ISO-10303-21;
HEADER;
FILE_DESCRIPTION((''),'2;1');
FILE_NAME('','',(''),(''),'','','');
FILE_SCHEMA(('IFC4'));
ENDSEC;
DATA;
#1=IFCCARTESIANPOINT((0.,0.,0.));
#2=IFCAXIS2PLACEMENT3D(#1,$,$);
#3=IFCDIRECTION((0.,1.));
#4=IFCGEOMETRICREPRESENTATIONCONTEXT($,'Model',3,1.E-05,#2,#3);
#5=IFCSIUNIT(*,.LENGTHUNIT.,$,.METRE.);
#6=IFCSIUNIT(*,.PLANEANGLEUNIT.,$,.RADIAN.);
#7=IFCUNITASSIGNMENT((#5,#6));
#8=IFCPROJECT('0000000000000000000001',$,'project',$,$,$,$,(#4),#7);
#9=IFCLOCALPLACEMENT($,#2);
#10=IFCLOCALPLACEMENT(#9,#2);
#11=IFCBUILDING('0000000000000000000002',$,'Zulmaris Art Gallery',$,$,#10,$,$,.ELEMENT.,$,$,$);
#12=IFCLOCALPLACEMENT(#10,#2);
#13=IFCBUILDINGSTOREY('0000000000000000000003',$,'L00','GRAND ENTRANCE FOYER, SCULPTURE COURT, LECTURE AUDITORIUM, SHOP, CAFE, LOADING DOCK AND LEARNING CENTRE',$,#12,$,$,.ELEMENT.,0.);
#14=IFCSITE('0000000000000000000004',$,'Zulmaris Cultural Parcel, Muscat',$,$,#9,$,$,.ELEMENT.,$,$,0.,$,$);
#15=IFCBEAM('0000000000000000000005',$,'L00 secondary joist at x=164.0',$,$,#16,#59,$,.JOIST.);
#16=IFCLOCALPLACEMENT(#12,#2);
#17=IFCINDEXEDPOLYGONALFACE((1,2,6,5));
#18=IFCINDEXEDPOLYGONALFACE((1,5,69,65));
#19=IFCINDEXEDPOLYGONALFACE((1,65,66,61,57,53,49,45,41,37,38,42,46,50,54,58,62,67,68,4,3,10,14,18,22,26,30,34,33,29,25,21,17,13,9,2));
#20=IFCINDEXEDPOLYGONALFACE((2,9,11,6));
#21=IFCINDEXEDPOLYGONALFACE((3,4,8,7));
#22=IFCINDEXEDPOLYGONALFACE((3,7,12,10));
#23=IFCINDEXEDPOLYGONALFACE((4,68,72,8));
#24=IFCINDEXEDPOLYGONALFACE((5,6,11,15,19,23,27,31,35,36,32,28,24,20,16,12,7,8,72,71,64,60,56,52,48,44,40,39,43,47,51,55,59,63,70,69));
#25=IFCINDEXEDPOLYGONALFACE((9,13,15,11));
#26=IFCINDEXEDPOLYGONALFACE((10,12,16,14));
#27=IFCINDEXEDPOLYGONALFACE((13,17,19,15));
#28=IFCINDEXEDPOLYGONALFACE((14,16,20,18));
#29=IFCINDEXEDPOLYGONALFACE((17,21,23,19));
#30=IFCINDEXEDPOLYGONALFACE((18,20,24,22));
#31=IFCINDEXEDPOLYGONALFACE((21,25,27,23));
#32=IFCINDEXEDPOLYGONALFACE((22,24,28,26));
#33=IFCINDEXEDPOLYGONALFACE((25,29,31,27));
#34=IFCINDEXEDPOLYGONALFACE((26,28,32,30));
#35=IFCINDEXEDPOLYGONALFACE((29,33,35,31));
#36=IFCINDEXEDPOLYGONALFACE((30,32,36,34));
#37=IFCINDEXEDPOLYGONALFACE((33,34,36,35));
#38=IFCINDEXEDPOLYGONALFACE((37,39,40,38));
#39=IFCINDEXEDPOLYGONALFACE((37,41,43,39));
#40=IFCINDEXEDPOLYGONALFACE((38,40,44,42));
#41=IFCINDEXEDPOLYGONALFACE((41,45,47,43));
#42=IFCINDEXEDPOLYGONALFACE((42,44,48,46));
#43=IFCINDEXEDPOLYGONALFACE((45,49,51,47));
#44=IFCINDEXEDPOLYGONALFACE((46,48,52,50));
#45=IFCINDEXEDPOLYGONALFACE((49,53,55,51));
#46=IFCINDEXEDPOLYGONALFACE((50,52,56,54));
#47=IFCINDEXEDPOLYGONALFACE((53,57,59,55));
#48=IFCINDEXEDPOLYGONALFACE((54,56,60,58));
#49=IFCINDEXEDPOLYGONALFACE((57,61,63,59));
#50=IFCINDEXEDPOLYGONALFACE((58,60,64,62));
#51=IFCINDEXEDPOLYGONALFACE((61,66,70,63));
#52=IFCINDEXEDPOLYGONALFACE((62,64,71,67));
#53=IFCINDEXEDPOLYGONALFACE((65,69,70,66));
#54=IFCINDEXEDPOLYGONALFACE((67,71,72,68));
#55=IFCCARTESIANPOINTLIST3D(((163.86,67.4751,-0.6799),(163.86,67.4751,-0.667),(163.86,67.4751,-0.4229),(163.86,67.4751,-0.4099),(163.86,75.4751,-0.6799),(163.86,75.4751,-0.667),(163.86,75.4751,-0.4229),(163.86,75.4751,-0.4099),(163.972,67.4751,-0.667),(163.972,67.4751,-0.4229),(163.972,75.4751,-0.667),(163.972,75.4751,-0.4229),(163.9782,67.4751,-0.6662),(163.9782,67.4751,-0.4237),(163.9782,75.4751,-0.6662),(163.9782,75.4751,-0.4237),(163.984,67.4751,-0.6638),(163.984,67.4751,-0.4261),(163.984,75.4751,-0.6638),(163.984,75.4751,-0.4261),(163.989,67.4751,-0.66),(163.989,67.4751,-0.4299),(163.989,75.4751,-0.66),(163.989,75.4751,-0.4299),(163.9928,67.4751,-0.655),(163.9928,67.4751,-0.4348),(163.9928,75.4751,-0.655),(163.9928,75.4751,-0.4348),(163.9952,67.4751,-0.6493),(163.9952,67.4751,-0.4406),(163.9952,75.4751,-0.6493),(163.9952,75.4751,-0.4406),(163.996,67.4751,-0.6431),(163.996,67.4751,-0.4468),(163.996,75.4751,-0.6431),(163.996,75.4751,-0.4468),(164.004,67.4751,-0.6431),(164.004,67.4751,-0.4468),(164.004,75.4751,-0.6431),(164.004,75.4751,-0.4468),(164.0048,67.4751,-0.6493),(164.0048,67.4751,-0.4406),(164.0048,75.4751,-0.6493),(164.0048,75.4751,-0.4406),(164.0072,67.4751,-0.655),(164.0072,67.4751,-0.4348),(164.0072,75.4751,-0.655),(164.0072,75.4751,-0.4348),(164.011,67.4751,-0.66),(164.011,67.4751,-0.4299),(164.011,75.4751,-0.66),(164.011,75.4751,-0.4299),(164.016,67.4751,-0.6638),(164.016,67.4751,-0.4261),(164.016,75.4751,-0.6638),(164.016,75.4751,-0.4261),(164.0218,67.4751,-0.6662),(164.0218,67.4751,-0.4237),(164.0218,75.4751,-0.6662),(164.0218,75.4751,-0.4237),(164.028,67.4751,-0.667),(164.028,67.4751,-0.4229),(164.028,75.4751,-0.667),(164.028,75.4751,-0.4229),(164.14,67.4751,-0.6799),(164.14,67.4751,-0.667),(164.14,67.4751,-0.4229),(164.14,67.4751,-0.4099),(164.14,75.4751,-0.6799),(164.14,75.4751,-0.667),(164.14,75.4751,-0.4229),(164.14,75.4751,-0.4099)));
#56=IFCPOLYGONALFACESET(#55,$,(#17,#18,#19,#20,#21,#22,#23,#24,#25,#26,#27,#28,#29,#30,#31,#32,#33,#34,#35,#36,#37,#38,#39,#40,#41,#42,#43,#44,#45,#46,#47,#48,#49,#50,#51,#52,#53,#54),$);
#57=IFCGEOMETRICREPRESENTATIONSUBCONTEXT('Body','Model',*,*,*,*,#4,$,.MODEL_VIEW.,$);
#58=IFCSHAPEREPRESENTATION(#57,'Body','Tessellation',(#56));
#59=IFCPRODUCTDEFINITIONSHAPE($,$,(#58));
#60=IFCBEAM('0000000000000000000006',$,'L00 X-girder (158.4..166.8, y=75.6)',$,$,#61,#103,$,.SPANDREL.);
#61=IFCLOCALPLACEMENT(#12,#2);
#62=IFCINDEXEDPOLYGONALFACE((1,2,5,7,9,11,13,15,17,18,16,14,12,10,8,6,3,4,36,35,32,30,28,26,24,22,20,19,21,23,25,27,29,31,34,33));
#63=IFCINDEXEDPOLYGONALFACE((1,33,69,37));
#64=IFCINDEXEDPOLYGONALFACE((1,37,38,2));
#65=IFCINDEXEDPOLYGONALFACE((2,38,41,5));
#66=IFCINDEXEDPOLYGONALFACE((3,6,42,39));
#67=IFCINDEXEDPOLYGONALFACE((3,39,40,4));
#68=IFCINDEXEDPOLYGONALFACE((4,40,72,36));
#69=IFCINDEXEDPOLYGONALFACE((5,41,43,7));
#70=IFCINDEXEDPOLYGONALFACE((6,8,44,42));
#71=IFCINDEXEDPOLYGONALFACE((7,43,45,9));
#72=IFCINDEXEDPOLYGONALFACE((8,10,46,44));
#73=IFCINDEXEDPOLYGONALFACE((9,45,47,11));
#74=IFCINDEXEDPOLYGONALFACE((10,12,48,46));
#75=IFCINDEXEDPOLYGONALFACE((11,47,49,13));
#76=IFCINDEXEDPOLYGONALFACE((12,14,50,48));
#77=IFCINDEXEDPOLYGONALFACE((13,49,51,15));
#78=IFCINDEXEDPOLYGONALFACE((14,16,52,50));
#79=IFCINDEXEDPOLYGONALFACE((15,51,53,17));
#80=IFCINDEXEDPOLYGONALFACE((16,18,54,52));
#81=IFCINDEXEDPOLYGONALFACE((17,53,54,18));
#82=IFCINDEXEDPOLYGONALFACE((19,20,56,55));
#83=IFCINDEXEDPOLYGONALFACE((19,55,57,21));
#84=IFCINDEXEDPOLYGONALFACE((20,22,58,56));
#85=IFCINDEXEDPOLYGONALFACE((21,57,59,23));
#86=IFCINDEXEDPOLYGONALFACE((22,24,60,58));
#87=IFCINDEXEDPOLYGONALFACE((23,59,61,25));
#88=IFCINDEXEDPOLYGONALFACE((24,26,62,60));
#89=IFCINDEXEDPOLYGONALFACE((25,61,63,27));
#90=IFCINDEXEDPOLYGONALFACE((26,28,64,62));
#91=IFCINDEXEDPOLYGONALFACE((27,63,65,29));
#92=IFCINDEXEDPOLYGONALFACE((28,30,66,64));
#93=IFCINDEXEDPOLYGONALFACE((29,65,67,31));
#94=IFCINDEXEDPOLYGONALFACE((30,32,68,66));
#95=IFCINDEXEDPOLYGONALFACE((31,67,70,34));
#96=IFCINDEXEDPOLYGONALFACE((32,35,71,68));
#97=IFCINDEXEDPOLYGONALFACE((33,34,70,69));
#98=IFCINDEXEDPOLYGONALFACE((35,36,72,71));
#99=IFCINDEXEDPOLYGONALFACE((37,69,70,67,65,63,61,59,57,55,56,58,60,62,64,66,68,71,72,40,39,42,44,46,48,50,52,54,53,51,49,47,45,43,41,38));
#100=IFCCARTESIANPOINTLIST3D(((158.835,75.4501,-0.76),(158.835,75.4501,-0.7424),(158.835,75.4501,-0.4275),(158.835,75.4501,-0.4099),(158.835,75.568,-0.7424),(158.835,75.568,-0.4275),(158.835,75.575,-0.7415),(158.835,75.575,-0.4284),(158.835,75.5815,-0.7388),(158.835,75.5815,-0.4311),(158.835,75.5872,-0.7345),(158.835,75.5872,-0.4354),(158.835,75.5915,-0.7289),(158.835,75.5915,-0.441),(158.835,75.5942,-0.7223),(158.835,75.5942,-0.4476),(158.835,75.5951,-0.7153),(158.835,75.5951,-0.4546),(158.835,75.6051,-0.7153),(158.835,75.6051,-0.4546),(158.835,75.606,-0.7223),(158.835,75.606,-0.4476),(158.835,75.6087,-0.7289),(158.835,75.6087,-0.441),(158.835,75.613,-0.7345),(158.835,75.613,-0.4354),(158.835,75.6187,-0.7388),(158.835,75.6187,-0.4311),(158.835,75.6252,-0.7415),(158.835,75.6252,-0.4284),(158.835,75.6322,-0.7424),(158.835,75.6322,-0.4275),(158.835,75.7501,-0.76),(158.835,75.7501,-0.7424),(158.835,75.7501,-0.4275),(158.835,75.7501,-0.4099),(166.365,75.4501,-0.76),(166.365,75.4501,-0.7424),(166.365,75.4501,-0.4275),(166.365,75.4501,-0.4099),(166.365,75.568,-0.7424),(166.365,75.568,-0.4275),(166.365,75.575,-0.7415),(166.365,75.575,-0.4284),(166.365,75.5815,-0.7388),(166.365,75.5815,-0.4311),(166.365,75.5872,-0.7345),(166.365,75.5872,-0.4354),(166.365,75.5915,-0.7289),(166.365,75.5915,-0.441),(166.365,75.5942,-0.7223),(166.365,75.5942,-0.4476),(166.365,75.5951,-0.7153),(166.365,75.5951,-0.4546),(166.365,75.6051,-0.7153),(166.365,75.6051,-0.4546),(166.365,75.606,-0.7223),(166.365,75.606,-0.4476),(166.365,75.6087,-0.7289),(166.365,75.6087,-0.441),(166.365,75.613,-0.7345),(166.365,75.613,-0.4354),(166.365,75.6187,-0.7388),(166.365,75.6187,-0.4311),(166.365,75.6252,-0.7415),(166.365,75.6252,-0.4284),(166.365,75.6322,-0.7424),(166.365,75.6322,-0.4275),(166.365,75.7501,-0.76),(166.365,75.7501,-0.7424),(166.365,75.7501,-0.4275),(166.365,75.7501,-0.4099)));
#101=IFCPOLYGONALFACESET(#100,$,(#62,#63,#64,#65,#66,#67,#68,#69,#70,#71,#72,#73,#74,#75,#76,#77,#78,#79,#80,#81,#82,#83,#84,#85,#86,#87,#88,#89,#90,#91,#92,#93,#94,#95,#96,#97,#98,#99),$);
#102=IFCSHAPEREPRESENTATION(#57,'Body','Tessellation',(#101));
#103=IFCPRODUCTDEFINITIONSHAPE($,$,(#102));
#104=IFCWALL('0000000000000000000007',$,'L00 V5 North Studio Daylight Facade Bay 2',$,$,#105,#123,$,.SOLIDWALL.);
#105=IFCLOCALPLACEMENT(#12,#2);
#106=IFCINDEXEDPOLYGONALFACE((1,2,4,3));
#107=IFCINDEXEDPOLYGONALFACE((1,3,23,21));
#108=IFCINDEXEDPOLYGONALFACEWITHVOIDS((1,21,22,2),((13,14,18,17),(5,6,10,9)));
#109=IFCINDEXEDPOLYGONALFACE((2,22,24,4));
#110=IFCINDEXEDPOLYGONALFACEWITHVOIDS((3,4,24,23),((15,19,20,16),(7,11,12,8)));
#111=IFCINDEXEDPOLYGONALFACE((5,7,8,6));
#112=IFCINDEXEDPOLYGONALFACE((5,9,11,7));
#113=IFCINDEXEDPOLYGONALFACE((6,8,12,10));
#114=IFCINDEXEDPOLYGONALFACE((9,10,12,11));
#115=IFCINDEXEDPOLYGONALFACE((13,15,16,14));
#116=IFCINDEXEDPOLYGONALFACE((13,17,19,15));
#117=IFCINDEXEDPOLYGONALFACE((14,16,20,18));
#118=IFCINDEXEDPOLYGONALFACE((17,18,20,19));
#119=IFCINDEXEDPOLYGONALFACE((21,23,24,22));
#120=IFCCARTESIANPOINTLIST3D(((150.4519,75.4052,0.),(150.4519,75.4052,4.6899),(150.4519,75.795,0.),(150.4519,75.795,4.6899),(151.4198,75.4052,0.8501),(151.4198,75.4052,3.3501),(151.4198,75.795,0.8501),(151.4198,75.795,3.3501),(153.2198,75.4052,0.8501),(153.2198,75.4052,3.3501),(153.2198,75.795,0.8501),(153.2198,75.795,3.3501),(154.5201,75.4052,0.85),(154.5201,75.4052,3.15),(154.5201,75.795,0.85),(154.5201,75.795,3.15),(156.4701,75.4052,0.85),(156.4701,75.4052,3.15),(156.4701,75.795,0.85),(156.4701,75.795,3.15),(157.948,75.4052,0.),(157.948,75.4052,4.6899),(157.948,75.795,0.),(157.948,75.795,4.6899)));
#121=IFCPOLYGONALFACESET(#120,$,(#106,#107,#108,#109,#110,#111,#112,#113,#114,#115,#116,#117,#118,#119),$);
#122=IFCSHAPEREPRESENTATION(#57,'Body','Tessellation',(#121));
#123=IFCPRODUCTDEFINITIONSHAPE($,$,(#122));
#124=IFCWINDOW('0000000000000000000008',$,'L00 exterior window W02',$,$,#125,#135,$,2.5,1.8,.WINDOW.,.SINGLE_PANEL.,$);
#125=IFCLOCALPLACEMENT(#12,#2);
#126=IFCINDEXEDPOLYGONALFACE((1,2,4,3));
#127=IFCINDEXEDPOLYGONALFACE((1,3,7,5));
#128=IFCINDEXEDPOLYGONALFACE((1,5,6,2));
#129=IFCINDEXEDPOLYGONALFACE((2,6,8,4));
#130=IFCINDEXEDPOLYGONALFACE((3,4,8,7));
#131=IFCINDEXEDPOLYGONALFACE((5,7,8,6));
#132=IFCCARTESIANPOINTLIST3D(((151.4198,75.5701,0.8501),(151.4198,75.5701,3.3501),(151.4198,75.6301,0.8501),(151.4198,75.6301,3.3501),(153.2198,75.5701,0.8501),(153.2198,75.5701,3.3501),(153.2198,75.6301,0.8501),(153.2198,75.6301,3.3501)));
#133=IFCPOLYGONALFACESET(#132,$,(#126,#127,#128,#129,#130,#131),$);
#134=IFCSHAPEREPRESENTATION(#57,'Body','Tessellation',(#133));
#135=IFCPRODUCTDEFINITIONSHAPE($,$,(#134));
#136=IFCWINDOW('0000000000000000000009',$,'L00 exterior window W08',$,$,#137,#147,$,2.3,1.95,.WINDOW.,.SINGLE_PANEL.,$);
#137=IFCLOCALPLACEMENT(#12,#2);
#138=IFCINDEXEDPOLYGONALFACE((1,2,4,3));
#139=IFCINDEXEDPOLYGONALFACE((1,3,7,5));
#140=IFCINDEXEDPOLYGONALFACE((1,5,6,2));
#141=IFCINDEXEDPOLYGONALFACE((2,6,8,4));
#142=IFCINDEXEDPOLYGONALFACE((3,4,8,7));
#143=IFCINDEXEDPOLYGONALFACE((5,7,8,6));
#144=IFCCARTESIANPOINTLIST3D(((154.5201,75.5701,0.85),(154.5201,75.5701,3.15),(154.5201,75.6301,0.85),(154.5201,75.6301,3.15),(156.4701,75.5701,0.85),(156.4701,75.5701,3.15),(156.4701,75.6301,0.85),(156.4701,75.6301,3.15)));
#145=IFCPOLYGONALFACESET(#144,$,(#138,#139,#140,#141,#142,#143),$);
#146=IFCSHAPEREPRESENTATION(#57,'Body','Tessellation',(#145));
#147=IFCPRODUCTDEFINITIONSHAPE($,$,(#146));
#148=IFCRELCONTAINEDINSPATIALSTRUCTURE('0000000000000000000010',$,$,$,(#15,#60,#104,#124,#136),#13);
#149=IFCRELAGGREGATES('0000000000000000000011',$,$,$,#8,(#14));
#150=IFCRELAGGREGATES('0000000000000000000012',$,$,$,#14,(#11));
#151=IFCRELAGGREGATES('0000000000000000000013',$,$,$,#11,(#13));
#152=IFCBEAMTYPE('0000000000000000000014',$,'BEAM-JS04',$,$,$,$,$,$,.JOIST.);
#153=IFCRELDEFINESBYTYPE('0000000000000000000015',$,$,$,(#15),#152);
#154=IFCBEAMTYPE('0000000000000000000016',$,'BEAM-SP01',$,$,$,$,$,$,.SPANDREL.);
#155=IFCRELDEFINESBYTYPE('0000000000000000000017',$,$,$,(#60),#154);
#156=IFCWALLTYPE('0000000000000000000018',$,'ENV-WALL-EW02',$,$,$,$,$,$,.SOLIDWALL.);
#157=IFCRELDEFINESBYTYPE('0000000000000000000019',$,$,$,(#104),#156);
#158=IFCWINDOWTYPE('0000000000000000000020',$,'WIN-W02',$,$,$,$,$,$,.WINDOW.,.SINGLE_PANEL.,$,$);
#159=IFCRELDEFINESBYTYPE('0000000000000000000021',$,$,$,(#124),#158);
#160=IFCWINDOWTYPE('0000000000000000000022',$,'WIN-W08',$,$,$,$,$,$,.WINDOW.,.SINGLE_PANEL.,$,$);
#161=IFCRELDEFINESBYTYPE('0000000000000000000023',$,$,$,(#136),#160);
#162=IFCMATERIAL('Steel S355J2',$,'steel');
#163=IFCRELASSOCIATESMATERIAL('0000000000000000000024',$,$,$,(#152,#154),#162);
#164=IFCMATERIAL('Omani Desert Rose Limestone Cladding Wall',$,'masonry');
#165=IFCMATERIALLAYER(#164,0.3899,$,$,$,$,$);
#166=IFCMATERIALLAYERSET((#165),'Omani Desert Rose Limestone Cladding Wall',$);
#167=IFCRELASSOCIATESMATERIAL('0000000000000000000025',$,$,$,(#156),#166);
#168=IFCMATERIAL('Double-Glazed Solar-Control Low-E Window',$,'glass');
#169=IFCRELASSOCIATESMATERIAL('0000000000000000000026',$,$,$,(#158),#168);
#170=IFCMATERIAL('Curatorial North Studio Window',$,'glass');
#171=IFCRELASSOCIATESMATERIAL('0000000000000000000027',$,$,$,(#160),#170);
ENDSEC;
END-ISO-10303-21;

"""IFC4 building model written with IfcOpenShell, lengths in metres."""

from ifc_helpers import new_model, si_unit, direction, frame, frame_2d, origin, origin_2d, place, context, subcontext, project, spatial, rectangle, i_section, extrude, material, layer, layer_set, material_profile, profile_set, type_object, element, fill, save


model = new_model("IFC4")

# Units and contexts
model_context = context("Model", 3, precision=1e-05, world=origin(), true_north=direction((0.0, 1.0)))
body_context = subcontext(model_context, "Body", "Model", "MODEL_VIEW")
ifc_project = project(units=[si_unit("LENGTHUNIT", "METRE"), si_unit("PLANEANGLEUNIT", "RADIAN")], contexts=[model_context])

# Site, building, storey
site_placement = place(None, origin())
site = spatial("IfcSite", under=ifc_project, at=site_placement, Name="Zulmaris Cultural Parcel, Muscat", CompositionType="ELEMENT", RefElevation=0.0)
building_placement = place(site_placement, origin())
building = spatial("IfcBuilding", under=site, at=building_placement, Name="Zulmaris Art Gallery", CompositionType="ELEMENT")
storey_placement = place(building_placement, origin())
storey = spatial("IfcBuildingStorey", under=building, at=storey_placement, Name="L00", Description="GRAND ENTRANCE FOYER, SCULPTURE COURT, LECTURE AUDITORIUM, SHOP, CAFE, LOADING DOCK AND LEARNING CENTRE", CompositionType="ELEMENT", Elevation=0.0)

# Beams
ifc_material_1 = material(Name="Steel S355J2", Category="steel")
ifc_material_profile_1 = material_profile(ifc_material_1, i_section(OverallWidth=0.28, OverallDepth=0.27, WebThickness=0.0081, FlangeThickness=0.0129, FilletRadius=0.0239, at=origin_2d()), Name="HEA 280")
ifc_profile_set_1 = profile_set([ifc_material_profile_1], Name="Steel S355J2")
beam_type_1 = type_object("IfcBeamType", Name="BEAM-JS04", PredefinedType="JOIST", material=ifc_profile_set_1)
beam_1_placement = place(storey_placement, frame((164.0, 67.4751, -0.5449), z_axis=(0.0, 1.0, 0.0), x_axis=(-1.0, 0.0, 0.0)))
element("IfcBeam", 1, at=beam_1_placement, inside=storey, type_object=beam_type_1, Name="L00 secondary joist at x=164.0", PredefinedType="JOIST", context=body_context, shape_type="SweptSolid", body=[
    extrude(i_section(OverallWidth=0.28, OverallDepth=0.27, WebThickness=0.0081, FlangeThickness=0.0129, FilletRadius=0.0239, at=origin_2d()), origin(), (0.0, 0.0, 1.0), 8.0),
])
ifc_material_profile_2 = material_profile(ifc_material_1, i_section(OverallWidth=0.3, OverallDepth=0.3501, WebThickness=0.01, FlangeThickness=0.0176, FilletRadius=0.0271, at=origin_2d()), Name="HEA 360")
ifc_profile_set_2 = profile_set([ifc_material_profile_2], Name="Steel S355J2")
beam_type_2 = type_object("IfcBeamType", Name="BEAM-SP01", PredefinedType="SPANDREL", material=ifc_profile_set_2)
beam_2_placement = place(storey_placement, frame((158.835, 75.6001, -0.585), z_axis=(1.0, 0.0, 0.0), x_axis=(0.0, 1.0, 0.0)))
element("IfcBeam", 2, at=beam_2_placement, inside=storey, type_object=beam_type_2, Name="L00 X-girder (158.4..166.8, y=75.6)", PredefinedType="SPANDREL", context=body_context, shape_type="SweptSolid", body=[
    extrude(i_section(OverallWidth=0.3, OverallDepth=0.3501, WebThickness=0.01, FlangeThickness=0.0176, FilletRadius=0.0271, at=origin_2d()), origin(), (0.0, 0.0, 1.0), 7.53),
])

# Wall, openings, windows
ifc_material_2 = material(Name="Omani Desert Rose Limestone Cladding Wall", Category="masonry")
ifc_layer_1 = layer(ifc_material_2, 0.3899)
ifc_layer_set_1 = layer_set([ifc_layer_1], Name="Omani Desert Rose Limestone Cladding Wall")
wall_type_1 = type_object("IfcWallType", Name="ENV-WALL-EW02", PredefinedType="SOLIDWALL", material=ifc_layer_set_1)
wall_1_placement = place(storey_placement, frame((150.4519, 75.6001, 0.0), z_axis=(0.0, 0.0, 1.0), x_axis=(1.0, 0.0, 0.0)))
wall_1 = element("IfcWall", 3, at=wall_1_placement, inside=storey, type_object=wall_type_1, Name="L00 V5 North Studio Daylight Facade Bay 2", PredefinedType="SOLIDWALL", context=body_context, shape_type="SweptSolid", body=[
    extrude(rectangle(XDim=7.4961, YDim=0.3899, at=frame_2d((3.748, 0.0))), origin(), (0.0, 0.0, 1.0), 4.6899),
])
opening_1_placement = place(wall_1_placement, frame((0.968, 0.0, 0.8501)))
opening_1 = element("IfcOpeningElement", 4, at=opening_1_placement, cuts=wall_1, PredefinedType="OPENING", context=body_context, shape_type="SweptSolid", body=[
    extrude(rectangle(XDim=1.8, YDim=2.5, at=frame_2d((0.8999, 1.25))), frame((0.0, 0.2048, 0.0), z_axis=(0.0, -1.0, 0.0), x_axis=(1.0, 0.0, 0.0)), (0.0, 0.0, 1.0), 0.4099),
])
opening_2_placement = place(wall_1_placement, frame((4.0681, 0.0, 0.8501)))
opening_2 = element("IfcOpeningElement", 5, at=opening_2_placement, cuts=wall_1, PredefinedType="OPENING", context=body_context, shape_type="SweptSolid", body=[
    extrude(rectangle(XDim=1.95, YDim=2.3, at=frame_2d((0.9751, 1.1499))), frame((0.0, 0.2048, 0.0), z_axis=(0.0, -1.0, 0.0), x_axis=(1.0, 0.0, 0.0)), (0.0, 0.0, 1.0), 0.4099),
])
ifc_material_3 = material(Name="Double-Glazed Solar-Control Low-E Window", Category="glass")
window_type_1 = type_object("IfcWindowType", Name="WIN-W02", PartitioningType="SINGLE_PANEL", PredefinedType="WINDOW", material=ifc_material_3)
window_1_placement = place(opening_1_placement, origin())
window_1 = element("IfcWindow", 6, at=window_1_placement, inside=storey, type_object=window_type_1, Name="L00 exterior window W02", OverallHeight=2.5, OverallWidth=1.8, PartitioningType="SINGLE_PANEL", PredefinedType="WINDOW", context=body_context, shape_type="SweptSolid", body=[
    extrude(rectangle(XDim=1.8, YDim=2.5, at=frame_2d((0.8999, 1.25))), frame((0.0, 0.03, 0.0), z_axis=(0.0, -1.0, 0.0), x_axis=(1.0, 0.0, 0.0)), (0.0, 0.0, 1.0), 0.0601),
])
fill(opening_1, window_1)
ifc_material_4 = material(Name="Curatorial North Studio Window", Category="glass")
window_type_2 = type_object("IfcWindowType", Name="WIN-W08", PartitioningType="SINGLE_PANEL", PredefinedType="WINDOW", material=ifc_material_4)
window_2_placement = place(opening_2_placement, origin())
window_2 = element("IfcWindow", 7, at=window_2_placement, inside=storey, type_object=window_type_2, Name="L00 exterior window W08", OverallHeight=2.3, OverallWidth=1.95, PartitioningType="SINGLE_PANEL", PredefinedType="WINDOW", context=body_context, shape_type="SweptSolid", body=[
    extrude(rectangle(XDim=1.95, YDim=2.3, at=frame_2d((0.9751, 1.1499))), frame((0.0, 0.03, 0.0), z_axis=(0.0, -1.0, 0.0), x_axis=(1.0, 0.0, 0.0)), (0.0, 0.0, 1.0), 0.0601),
])
fill(opening_2, window_2)

save(model, "model.ifc")
